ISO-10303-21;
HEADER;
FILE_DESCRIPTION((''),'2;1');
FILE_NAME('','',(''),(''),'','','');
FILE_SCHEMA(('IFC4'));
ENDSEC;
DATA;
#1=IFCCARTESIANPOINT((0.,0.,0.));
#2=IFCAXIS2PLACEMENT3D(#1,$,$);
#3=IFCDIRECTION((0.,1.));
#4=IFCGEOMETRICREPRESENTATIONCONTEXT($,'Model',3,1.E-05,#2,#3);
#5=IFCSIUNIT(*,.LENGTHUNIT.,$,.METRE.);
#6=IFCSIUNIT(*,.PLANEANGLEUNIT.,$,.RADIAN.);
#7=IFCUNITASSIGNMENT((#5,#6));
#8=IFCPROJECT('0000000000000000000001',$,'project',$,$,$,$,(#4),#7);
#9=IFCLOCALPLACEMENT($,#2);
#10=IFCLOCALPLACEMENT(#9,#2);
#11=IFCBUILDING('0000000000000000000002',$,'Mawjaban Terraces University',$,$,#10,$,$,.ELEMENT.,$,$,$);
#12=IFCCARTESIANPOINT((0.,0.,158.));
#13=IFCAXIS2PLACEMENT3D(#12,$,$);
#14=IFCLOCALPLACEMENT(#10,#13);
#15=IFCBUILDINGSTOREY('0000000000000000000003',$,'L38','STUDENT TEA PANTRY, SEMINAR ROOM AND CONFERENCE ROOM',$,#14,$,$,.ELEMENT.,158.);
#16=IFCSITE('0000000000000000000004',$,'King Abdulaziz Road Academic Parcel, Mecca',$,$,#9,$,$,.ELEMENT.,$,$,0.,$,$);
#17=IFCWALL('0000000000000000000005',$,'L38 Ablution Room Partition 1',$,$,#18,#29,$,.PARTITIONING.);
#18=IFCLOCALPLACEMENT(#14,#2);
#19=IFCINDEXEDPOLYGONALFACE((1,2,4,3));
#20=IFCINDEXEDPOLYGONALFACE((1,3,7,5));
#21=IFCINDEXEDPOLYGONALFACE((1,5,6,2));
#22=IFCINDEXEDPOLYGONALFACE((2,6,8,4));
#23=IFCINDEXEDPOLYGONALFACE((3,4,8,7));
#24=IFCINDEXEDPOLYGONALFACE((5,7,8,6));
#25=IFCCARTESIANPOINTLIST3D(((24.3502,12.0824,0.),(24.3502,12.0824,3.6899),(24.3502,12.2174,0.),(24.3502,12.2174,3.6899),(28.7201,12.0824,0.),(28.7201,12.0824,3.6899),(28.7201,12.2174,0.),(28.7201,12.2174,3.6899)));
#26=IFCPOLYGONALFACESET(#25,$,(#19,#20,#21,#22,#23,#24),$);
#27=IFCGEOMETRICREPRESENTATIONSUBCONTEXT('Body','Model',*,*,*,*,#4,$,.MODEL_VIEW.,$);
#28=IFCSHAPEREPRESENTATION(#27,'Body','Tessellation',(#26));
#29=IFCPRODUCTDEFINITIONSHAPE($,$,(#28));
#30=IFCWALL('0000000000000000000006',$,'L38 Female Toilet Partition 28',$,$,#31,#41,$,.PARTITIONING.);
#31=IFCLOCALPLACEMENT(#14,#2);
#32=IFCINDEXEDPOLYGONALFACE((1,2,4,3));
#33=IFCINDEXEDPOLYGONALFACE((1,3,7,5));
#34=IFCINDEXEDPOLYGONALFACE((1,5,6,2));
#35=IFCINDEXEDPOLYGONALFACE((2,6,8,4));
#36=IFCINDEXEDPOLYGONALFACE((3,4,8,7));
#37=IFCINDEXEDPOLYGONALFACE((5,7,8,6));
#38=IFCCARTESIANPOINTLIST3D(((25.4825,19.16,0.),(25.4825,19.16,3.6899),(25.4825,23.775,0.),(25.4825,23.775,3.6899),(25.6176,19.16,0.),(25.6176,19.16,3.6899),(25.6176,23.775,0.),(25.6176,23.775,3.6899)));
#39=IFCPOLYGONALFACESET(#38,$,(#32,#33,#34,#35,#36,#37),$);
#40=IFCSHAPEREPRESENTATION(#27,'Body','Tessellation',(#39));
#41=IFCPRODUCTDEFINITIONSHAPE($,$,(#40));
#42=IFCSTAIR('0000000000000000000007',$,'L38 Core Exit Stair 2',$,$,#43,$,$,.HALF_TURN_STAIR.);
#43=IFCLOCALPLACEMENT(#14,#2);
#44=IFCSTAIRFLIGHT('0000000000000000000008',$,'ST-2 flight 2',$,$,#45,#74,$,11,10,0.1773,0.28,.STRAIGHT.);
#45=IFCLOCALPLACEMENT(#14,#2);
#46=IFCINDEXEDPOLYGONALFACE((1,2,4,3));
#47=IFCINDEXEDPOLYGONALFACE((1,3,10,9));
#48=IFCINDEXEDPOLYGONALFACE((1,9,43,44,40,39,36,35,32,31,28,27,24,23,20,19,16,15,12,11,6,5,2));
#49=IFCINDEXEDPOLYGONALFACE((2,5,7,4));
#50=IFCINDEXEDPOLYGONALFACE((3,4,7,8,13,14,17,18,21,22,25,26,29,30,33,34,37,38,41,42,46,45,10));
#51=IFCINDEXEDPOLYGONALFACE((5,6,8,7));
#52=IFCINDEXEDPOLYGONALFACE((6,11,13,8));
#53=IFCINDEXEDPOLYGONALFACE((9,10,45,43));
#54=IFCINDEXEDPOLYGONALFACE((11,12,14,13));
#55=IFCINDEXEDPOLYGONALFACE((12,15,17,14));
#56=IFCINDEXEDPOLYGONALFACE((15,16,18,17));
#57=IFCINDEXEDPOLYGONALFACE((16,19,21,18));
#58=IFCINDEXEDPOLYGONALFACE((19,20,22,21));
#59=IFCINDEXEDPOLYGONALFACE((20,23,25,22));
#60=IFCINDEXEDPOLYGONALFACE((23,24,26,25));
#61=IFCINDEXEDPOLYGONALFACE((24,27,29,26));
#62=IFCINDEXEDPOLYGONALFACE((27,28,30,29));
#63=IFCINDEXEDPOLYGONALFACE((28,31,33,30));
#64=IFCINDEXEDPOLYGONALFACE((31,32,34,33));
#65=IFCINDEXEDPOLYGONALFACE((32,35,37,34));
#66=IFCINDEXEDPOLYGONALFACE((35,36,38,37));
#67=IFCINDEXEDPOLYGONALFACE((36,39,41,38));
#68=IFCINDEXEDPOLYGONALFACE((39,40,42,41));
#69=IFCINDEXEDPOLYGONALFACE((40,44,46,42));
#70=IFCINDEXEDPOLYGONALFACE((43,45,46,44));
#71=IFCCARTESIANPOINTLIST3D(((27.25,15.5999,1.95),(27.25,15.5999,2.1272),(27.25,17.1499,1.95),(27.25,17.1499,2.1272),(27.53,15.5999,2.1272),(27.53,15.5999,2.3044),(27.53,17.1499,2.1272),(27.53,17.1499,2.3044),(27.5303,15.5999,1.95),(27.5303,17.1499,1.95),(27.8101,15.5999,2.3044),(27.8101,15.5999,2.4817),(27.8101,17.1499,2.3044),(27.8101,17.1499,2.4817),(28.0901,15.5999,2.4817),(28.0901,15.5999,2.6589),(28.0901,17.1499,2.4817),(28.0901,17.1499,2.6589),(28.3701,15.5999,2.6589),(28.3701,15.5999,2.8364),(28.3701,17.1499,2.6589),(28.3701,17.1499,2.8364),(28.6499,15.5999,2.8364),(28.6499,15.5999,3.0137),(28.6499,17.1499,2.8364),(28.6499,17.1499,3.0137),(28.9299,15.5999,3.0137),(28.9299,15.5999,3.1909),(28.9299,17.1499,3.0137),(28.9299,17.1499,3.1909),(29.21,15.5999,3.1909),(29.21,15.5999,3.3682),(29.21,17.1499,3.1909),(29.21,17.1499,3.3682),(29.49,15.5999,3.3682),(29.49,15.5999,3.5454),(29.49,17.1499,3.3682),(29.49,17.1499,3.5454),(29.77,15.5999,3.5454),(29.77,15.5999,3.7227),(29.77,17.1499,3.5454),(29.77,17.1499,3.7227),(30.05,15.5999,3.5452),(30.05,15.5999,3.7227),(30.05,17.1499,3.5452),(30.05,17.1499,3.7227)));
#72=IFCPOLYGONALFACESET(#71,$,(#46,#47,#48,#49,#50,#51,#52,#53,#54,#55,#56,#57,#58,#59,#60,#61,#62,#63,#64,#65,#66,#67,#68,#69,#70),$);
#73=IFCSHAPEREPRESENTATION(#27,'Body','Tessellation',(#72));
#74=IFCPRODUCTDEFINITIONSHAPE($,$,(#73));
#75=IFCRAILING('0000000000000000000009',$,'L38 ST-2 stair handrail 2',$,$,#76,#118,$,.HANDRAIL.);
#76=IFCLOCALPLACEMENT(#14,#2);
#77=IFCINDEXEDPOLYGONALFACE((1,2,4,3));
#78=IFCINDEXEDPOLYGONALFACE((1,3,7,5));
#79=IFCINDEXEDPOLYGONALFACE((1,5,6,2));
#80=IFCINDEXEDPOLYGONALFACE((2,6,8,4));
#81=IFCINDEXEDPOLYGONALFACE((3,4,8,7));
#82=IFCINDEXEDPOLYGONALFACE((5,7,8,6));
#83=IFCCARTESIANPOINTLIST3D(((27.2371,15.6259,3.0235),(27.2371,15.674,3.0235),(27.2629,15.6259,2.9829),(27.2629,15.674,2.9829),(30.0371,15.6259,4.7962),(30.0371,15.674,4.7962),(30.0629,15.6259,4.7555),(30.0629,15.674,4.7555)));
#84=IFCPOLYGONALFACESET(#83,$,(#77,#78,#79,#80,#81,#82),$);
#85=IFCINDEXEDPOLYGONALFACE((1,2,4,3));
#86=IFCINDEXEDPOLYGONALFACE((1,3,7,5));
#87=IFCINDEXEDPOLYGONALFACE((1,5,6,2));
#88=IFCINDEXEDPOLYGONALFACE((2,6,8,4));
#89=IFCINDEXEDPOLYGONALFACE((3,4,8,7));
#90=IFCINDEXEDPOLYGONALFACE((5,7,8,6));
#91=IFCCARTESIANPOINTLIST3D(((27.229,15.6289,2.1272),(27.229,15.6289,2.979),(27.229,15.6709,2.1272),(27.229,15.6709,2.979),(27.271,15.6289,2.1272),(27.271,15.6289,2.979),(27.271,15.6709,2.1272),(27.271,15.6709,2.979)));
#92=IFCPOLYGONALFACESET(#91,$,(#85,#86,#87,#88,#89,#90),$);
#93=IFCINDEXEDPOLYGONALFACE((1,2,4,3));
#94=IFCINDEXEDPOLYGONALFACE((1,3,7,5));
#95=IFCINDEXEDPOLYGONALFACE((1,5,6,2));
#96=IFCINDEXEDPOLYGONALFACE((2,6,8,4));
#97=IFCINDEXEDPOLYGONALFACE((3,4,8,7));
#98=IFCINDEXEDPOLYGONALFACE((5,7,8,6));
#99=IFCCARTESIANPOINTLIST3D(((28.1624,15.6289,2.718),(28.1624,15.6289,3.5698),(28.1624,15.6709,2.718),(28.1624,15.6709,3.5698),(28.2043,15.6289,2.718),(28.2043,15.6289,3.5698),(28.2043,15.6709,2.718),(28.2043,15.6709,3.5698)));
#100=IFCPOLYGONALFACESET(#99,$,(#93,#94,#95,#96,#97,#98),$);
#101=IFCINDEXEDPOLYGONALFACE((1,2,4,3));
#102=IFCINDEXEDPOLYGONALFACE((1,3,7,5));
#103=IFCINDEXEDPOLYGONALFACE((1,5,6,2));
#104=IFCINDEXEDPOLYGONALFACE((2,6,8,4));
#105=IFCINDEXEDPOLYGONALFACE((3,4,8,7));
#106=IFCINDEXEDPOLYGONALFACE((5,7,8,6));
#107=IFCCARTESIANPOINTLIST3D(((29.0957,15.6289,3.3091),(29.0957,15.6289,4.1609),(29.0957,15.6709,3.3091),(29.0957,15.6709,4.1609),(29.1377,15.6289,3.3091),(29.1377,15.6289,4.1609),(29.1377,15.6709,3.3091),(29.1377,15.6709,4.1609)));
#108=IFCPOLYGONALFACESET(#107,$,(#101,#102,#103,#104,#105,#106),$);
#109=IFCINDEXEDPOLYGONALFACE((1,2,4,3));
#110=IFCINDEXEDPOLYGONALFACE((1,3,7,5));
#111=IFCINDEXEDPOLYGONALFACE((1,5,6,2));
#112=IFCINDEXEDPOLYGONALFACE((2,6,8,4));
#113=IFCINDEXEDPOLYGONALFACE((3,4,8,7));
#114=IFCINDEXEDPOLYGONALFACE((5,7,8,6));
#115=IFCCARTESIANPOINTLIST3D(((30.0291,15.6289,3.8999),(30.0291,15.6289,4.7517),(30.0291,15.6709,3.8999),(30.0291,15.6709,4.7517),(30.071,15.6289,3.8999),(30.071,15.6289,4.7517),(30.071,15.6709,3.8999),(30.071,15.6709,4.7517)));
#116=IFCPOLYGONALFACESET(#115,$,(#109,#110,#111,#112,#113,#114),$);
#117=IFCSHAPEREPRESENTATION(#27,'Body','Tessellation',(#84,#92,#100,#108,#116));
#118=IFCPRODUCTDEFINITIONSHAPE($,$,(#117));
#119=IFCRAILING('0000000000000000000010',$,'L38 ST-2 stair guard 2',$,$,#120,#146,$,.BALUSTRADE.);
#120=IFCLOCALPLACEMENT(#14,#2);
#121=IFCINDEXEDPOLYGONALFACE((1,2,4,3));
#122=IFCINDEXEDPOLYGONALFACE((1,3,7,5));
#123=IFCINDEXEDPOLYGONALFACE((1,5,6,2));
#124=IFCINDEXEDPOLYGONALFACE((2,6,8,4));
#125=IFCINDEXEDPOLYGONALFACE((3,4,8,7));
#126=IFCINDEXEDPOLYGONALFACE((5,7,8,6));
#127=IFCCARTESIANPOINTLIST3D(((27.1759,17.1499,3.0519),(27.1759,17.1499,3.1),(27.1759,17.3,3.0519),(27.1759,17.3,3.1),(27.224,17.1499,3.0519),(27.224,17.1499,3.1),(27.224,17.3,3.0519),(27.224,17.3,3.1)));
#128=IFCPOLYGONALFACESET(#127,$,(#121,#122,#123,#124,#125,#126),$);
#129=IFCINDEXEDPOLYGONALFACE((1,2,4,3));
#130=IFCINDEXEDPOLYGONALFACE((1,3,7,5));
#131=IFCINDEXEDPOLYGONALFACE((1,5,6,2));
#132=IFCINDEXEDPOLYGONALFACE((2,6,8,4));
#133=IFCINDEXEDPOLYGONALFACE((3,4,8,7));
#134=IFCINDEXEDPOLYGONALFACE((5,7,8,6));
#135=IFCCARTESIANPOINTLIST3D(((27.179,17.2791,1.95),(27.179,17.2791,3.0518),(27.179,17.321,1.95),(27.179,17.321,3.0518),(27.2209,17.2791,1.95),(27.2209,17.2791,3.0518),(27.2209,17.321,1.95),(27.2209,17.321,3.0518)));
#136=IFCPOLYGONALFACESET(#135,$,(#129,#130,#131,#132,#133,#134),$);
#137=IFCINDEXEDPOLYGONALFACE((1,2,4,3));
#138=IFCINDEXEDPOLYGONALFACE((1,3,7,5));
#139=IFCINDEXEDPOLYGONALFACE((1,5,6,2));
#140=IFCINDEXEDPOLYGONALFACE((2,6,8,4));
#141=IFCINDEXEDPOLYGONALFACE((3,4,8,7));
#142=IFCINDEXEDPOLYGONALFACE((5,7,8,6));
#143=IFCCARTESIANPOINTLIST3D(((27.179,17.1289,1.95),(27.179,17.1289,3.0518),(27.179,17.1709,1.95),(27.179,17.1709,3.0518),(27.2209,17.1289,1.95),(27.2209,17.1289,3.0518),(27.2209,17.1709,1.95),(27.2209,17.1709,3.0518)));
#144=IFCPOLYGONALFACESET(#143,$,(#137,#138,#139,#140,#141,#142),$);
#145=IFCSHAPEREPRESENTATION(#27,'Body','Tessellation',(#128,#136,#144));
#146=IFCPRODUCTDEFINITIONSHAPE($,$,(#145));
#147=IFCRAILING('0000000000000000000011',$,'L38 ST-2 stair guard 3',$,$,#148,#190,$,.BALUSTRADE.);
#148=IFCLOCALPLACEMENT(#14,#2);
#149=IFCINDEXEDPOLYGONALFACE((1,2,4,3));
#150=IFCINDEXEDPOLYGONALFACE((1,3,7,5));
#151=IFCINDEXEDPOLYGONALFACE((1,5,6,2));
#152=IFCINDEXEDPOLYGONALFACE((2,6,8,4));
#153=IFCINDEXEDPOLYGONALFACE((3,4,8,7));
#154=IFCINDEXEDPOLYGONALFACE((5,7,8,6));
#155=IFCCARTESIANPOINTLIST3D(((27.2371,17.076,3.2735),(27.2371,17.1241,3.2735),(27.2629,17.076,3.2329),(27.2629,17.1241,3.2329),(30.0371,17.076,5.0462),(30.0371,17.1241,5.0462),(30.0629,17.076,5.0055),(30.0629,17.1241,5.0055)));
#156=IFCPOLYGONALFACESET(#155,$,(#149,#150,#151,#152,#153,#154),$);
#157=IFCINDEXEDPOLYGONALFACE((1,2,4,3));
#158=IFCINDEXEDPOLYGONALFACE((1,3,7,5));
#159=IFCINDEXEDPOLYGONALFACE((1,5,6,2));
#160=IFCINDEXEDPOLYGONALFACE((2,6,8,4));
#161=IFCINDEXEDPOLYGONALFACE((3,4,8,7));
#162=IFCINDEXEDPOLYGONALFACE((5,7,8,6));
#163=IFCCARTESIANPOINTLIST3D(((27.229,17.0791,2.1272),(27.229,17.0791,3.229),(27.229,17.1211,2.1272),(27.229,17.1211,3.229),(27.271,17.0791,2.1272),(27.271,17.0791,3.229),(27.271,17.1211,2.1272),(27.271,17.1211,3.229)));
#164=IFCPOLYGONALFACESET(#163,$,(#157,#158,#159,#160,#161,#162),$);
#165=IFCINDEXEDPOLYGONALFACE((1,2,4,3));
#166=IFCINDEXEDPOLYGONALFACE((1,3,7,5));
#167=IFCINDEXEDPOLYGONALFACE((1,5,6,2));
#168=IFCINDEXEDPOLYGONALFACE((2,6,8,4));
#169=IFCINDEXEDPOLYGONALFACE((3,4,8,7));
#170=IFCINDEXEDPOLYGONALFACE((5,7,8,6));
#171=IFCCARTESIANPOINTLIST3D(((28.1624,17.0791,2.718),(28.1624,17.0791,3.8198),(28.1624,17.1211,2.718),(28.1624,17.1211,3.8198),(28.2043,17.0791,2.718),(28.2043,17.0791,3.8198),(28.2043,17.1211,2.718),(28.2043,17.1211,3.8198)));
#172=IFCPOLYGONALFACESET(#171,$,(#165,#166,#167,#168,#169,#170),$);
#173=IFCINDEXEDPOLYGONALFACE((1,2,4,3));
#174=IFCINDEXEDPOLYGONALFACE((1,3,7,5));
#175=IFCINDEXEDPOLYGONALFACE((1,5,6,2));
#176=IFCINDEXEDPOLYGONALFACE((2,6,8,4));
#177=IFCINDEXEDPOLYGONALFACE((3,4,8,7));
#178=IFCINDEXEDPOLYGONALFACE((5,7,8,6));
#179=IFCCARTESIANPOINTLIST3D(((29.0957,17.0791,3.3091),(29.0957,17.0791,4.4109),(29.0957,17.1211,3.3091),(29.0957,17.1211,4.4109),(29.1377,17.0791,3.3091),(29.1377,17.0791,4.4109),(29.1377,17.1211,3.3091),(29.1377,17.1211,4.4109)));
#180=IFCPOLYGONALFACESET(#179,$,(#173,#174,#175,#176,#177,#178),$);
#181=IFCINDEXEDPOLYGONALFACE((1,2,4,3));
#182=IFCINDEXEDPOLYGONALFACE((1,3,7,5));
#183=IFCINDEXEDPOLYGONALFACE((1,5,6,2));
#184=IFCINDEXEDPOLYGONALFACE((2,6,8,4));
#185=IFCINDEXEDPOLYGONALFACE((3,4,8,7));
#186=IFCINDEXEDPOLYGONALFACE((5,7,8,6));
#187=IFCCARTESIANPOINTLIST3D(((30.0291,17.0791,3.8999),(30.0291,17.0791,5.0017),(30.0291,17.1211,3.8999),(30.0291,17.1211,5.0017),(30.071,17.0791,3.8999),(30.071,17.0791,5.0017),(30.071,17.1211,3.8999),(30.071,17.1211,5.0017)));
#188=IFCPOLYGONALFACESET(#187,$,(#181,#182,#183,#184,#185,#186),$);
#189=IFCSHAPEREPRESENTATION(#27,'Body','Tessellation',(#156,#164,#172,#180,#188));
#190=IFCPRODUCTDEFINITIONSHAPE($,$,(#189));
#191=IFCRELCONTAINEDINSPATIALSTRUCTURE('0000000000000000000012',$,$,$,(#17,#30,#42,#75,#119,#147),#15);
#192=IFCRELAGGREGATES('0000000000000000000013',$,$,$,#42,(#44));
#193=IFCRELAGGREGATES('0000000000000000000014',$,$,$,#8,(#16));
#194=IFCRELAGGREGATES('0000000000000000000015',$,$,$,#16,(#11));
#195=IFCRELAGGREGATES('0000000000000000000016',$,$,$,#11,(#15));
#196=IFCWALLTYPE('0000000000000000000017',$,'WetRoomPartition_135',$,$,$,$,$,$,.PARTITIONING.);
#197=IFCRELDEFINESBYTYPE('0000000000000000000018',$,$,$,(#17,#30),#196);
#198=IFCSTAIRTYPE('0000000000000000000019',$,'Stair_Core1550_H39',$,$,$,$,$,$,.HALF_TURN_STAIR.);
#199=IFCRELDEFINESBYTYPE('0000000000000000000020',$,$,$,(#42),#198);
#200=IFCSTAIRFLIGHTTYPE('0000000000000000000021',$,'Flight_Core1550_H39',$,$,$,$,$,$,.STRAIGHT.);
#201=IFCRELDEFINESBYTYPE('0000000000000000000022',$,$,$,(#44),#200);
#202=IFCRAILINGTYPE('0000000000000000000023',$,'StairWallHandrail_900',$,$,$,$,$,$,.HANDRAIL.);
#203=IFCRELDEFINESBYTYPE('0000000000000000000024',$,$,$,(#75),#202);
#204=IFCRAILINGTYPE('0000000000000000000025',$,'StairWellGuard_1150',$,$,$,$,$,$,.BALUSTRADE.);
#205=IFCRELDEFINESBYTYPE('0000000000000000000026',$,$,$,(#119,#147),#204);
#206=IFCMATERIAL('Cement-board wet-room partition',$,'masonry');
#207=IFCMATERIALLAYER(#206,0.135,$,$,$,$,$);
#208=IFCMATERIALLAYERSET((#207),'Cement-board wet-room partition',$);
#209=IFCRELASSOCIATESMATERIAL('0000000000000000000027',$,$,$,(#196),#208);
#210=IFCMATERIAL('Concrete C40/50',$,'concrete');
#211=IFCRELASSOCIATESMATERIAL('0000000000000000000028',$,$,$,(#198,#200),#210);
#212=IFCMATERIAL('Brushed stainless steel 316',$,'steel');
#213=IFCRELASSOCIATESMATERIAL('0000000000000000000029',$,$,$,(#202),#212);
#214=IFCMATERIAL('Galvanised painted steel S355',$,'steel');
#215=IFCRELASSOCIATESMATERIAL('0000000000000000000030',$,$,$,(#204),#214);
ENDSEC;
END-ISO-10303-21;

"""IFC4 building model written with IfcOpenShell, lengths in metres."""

from ifc_helpers import new_model, si_unit, direction, frame, frame_2d, origin, origin_2d, place, context, subcontext, project, spatial, polyline, rectangle, outline, extrude, material, layer, layer_set, type_object, element, aggregate, save


model = new_model("IFC4")

# Units and contexts
model_context = context("Model", 3, precision=1e-05, world=origin(), true_north=direction((0.0, 1.0)))
body_context = subcontext(model_context, "Body", "Model", "MODEL_VIEW")
ifc_project = project(units=[si_unit("LENGTHUNIT", "METRE"), si_unit("PLANEANGLEUNIT", "RADIAN")], contexts=[model_context])

# Site, building, storey
site_placement = place(None, origin())
site = spatial("IfcSite", under=ifc_project, at=site_placement, Name="King Abdulaziz Road Academic Parcel, Mecca", CompositionType="ELEMENT", RefElevation=0.0)
building_placement = place(site_placement, origin())
building = spatial("IfcBuilding", under=site, at=building_placement, Name="Mawjaban Terraces University", CompositionType="ELEMENT")
storey_placement = place(building_placement, frame((0.0, 0.0, 158.0)))
storey = spatial("IfcBuildingStorey", under=building, at=storey_placement, Name="L38", Description="STUDENT TEA PANTRY, SEMINAR ROOM AND CONFERENCE ROOM", CompositionType="ELEMENT", Elevation=158.0)

# Walls
ifc_material_1 = material(Name="Concrete C40/50", Category="concrete")
ifc_material_2 = material(Name="Cement-board wet-room partition", Category="masonry")
ifc_layer_1 = layer(ifc_material_2, 0.135)
ifc_layer_set_1 = layer_set([ifc_layer_1], Name="Cement-board wet-room partition")
wall_type_1 = type_object("IfcWallType", Name="WetRoomPartition_135", PredefinedType="PARTITIONING", material=ifc_layer_set_1)
wall_1_placement = place(storey_placement, frame((24.3501, 12.1499, 0.0), z_axis=(0.0, 0.0, 1.0), x_axis=(1.0, 0.0, 0.0)))
element("IfcWall", 1, at=wall_1_placement, inside=storey, type_object=wall_type_1, Name="L38 Ablution Room Partition 1", PredefinedType="PARTITIONING", context=body_context, shape_type="SweptSolid", body=[
    extrude(rectangle(XDim=4.3699, YDim=0.135, at=frame_2d((2.1851, 0.0))), origin(), (0.0, 0.0, 1.0), 3.6899),
])
wall_2_placement = place(storey_placement, frame((25.55, 19.1599, 0.0), z_axis=(0.0, 0.0, 1.0), x_axis=(0.0, 1.0, 0.0)))
element("IfcWall", 2, at=wall_2_placement, inside=storey, type_object=wall_type_1, Name="L38 Female Toilet Partition 28", PredefinedType="PARTITIONING", context=body_context, shape_type="SweptSolid", body=[
    extrude(rectangle(XDim=4.615, YDim=0.135, at=frame_2d((2.3076, 0.0))), origin(), (0.0, 0.0, 1.0), 3.6899),
])

# Stair, stair flight
stair_type = type_object("IfcStairType", Name="Stair_Core1550_H39", PredefinedType="HALF_TURN_STAIR", material=ifc_material_1)
stair_placement = place(storey_placement, origin())
stair = element("IfcStair", 3, at=stair_placement, inside=storey, type_object=stair_type, Name="L38 Core Exit Stair 2", PredefinedType="HALF_TURN_STAIR")
stair_flight_type = type_object("IfcStairFlightType", Name="Flight_Core1550_H39", PredefinedType="STRAIGHT", material=ifc_material_1)
stair_flight_placement = place(storey_placement, frame((27.25, 16.375, 1.95), z_axis=(0.0, 0.0, 1.0), x_axis=(1.0, 0.0, 0.0)))
stair_flight = element("IfcStairFlight", 4, at=stair_flight_placement, type_object=stair_flight_type, Name="ST-2 flight 2", NumberOfRisers=11, NumberOfTreads=10, PredefinedType="STRAIGHT", RiserHeight=0.1773, TreadLength=0.28, context=body_context, shape_type="SweptSolid", body=[
    extrude(outline(polyline([(0.0, 0.0), (0.0, 0.1772), (0.28, 0.1772), (0.28, 0.3545), (0.5601, 0.3545), (0.5601, 0.5317), (0.8401, 0.5317), (0.8401, 0.709), (1.1201, 0.709), (1.1201, 0.8865), (1.3999, 0.8865), (1.3999, 1.0637), (1.6799, 1.0637), (1.6799, 1.241), (1.96, 1.241), (1.96, 1.4182), (2.24, 1.4182), (2.24, 1.5955), (2.52, 1.5955), (2.52, 1.7727), (2.8, 1.7727), (2.8, 1.95), (2.8, 1.5952), (0.2803, 0.0), (0.0, 0.0)])), frame((0.0, 0.7749, 0.0), z_axis=(0.0, -1.0, 0.0), x_axis=(1.0, 0.0, 0.0)), (0.0, 0.0, 1.0), 1.55),
])
aggregate(stair, [stair_flight])

# Railings
ifc_material_3 = material(Name="Brushed stainless steel 316", Category="steel")
railing_type_1 = type_object("IfcRailingType", Name="StairWallHandrail_900", PredefinedType="HANDRAIL", material=ifc_material_3)
railing_1_placement = place(storey_placement, frame((27.25, 15.6499, 2.1272)))
element("IfcRailing", 5, at=railing_1_placement, inside=storey, type_object=railing_type_1, Name="L38 ST-2 stair handrail 2", PredefinedType="HANDRAIL", context=body_context, shape_type="SweptSolid", body=[
    extrude(rectangle(XDim=0.0481, YDim=0.0481, at=origin_2d()), frame((0.0, 0.0, 0.876), z_axis=(0.844909, 0.0, 0.53491), x_axis=(0.0, 1.0, 0.0)), (0.0, 0.0, 1.0), 3.314),
    extrude(rectangle(XDim=0.042, YDim=0.042, at=origin_2d()), origin(), (0.0, 0.0, 1.0), 0.8518),
    extrude(rectangle(XDim=0.042, YDim=0.042, at=origin_2d()), frame((0.9333, 0.0, 0.5908)), (0.0, 0.0, 1.0), 0.8518),
    extrude(rectangle(XDim=0.042, YDim=0.042, at=origin_2d()), frame((1.8667, 0.0, 1.1819)), (0.0, 0.0, 1.0), 0.8518),
    extrude(rectangle(XDim=0.042, YDim=0.042, at=origin_2d()), frame((2.8, 0.0, 1.7727)), (0.0, 0.0, 1.0), 0.8518),
])
ifc_material_4 = material(Name="Galvanised painted steel S355", Category="steel")
railing_type_2 = type_object("IfcRailingType", Name="StairWellGuard_1150", PredefinedType="BALUSTRADE", material=ifc_material_4)
railing_2_placement = place(storey_placement, frame((27.2, 17.3, 1.95)))
element("IfcRailing", 6, at=railing_2_placement, inside=storey, type_object=railing_type_2, Name="L38 ST-2 stair guard 2", PredefinedType="BALUSTRADE", context=body_context, shape_type="SweptSolid", body=[
    extrude(rectangle(XDim=0.0481, YDim=0.0481, at=origin_2d()), frame((0.0, 0.0, 1.126), z_axis=(0.0, -1.0, 0.0), x_axis=(1.0, 0.0, 0.0)), (0.0, 0.0, 1.0), 0.1501),
    extrude(rectangle(XDim=0.042, YDim=0.042, at=origin_2d()), origin(), (0.0, 0.0, 1.0), 1.1018),
    extrude(rectangle(XDim=0.042, YDim=0.042, at=origin_2d()), frame((0.0, -0.1501, 0.0)), (0.0, 0.0, 1.0), 1.1018),
])
railing_3_placement = place(storey_placement, frame((27.25, 17.1001, 2.1272)))
element("IfcRailing", 7, at=railing_3_placement, inside=storey, type_object=railing_type_2, Name="L38 ST-2 stair guard 3", PredefinedType="BALUSTRADE", context=body_context, shape_type="SweptSolid", body=[
    extrude(rectangle(XDim=0.0481, YDim=0.0481, at=origin_2d()), frame((0.0, 0.0, 1.126), z_axis=(0.844909, 0.0, 0.53491), x_axis=(0.0, 1.0, 0.0)), (0.0, 0.0, 1.0), 3.314),
    extrude(rectangle(XDim=0.042, YDim=0.042, at=origin_2d()), origin(), (0.0, 0.0, 1.0), 1.1018),
    extrude(rectangle(XDim=0.042, YDim=0.042, at=origin_2d()), frame((0.9333, 0.0, 0.5908)), (0.0, 0.0, 1.0), 1.1018),
    extrude(rectangle(XDim=0.042, YDim=0.042, at=origin_2d()), frame((1.8667, 0.0, 1.1819)), (0.0, 0.0, 1.0), 1.1018),
    extrude(rectangle(XDim=0.042, YDim=0.042, at=origin_2d()), frame((2.8, 0.0, 1.7727)), (0.0, 0.0, 1.0), 1.1018),
])

save(model, "model.ifc")
